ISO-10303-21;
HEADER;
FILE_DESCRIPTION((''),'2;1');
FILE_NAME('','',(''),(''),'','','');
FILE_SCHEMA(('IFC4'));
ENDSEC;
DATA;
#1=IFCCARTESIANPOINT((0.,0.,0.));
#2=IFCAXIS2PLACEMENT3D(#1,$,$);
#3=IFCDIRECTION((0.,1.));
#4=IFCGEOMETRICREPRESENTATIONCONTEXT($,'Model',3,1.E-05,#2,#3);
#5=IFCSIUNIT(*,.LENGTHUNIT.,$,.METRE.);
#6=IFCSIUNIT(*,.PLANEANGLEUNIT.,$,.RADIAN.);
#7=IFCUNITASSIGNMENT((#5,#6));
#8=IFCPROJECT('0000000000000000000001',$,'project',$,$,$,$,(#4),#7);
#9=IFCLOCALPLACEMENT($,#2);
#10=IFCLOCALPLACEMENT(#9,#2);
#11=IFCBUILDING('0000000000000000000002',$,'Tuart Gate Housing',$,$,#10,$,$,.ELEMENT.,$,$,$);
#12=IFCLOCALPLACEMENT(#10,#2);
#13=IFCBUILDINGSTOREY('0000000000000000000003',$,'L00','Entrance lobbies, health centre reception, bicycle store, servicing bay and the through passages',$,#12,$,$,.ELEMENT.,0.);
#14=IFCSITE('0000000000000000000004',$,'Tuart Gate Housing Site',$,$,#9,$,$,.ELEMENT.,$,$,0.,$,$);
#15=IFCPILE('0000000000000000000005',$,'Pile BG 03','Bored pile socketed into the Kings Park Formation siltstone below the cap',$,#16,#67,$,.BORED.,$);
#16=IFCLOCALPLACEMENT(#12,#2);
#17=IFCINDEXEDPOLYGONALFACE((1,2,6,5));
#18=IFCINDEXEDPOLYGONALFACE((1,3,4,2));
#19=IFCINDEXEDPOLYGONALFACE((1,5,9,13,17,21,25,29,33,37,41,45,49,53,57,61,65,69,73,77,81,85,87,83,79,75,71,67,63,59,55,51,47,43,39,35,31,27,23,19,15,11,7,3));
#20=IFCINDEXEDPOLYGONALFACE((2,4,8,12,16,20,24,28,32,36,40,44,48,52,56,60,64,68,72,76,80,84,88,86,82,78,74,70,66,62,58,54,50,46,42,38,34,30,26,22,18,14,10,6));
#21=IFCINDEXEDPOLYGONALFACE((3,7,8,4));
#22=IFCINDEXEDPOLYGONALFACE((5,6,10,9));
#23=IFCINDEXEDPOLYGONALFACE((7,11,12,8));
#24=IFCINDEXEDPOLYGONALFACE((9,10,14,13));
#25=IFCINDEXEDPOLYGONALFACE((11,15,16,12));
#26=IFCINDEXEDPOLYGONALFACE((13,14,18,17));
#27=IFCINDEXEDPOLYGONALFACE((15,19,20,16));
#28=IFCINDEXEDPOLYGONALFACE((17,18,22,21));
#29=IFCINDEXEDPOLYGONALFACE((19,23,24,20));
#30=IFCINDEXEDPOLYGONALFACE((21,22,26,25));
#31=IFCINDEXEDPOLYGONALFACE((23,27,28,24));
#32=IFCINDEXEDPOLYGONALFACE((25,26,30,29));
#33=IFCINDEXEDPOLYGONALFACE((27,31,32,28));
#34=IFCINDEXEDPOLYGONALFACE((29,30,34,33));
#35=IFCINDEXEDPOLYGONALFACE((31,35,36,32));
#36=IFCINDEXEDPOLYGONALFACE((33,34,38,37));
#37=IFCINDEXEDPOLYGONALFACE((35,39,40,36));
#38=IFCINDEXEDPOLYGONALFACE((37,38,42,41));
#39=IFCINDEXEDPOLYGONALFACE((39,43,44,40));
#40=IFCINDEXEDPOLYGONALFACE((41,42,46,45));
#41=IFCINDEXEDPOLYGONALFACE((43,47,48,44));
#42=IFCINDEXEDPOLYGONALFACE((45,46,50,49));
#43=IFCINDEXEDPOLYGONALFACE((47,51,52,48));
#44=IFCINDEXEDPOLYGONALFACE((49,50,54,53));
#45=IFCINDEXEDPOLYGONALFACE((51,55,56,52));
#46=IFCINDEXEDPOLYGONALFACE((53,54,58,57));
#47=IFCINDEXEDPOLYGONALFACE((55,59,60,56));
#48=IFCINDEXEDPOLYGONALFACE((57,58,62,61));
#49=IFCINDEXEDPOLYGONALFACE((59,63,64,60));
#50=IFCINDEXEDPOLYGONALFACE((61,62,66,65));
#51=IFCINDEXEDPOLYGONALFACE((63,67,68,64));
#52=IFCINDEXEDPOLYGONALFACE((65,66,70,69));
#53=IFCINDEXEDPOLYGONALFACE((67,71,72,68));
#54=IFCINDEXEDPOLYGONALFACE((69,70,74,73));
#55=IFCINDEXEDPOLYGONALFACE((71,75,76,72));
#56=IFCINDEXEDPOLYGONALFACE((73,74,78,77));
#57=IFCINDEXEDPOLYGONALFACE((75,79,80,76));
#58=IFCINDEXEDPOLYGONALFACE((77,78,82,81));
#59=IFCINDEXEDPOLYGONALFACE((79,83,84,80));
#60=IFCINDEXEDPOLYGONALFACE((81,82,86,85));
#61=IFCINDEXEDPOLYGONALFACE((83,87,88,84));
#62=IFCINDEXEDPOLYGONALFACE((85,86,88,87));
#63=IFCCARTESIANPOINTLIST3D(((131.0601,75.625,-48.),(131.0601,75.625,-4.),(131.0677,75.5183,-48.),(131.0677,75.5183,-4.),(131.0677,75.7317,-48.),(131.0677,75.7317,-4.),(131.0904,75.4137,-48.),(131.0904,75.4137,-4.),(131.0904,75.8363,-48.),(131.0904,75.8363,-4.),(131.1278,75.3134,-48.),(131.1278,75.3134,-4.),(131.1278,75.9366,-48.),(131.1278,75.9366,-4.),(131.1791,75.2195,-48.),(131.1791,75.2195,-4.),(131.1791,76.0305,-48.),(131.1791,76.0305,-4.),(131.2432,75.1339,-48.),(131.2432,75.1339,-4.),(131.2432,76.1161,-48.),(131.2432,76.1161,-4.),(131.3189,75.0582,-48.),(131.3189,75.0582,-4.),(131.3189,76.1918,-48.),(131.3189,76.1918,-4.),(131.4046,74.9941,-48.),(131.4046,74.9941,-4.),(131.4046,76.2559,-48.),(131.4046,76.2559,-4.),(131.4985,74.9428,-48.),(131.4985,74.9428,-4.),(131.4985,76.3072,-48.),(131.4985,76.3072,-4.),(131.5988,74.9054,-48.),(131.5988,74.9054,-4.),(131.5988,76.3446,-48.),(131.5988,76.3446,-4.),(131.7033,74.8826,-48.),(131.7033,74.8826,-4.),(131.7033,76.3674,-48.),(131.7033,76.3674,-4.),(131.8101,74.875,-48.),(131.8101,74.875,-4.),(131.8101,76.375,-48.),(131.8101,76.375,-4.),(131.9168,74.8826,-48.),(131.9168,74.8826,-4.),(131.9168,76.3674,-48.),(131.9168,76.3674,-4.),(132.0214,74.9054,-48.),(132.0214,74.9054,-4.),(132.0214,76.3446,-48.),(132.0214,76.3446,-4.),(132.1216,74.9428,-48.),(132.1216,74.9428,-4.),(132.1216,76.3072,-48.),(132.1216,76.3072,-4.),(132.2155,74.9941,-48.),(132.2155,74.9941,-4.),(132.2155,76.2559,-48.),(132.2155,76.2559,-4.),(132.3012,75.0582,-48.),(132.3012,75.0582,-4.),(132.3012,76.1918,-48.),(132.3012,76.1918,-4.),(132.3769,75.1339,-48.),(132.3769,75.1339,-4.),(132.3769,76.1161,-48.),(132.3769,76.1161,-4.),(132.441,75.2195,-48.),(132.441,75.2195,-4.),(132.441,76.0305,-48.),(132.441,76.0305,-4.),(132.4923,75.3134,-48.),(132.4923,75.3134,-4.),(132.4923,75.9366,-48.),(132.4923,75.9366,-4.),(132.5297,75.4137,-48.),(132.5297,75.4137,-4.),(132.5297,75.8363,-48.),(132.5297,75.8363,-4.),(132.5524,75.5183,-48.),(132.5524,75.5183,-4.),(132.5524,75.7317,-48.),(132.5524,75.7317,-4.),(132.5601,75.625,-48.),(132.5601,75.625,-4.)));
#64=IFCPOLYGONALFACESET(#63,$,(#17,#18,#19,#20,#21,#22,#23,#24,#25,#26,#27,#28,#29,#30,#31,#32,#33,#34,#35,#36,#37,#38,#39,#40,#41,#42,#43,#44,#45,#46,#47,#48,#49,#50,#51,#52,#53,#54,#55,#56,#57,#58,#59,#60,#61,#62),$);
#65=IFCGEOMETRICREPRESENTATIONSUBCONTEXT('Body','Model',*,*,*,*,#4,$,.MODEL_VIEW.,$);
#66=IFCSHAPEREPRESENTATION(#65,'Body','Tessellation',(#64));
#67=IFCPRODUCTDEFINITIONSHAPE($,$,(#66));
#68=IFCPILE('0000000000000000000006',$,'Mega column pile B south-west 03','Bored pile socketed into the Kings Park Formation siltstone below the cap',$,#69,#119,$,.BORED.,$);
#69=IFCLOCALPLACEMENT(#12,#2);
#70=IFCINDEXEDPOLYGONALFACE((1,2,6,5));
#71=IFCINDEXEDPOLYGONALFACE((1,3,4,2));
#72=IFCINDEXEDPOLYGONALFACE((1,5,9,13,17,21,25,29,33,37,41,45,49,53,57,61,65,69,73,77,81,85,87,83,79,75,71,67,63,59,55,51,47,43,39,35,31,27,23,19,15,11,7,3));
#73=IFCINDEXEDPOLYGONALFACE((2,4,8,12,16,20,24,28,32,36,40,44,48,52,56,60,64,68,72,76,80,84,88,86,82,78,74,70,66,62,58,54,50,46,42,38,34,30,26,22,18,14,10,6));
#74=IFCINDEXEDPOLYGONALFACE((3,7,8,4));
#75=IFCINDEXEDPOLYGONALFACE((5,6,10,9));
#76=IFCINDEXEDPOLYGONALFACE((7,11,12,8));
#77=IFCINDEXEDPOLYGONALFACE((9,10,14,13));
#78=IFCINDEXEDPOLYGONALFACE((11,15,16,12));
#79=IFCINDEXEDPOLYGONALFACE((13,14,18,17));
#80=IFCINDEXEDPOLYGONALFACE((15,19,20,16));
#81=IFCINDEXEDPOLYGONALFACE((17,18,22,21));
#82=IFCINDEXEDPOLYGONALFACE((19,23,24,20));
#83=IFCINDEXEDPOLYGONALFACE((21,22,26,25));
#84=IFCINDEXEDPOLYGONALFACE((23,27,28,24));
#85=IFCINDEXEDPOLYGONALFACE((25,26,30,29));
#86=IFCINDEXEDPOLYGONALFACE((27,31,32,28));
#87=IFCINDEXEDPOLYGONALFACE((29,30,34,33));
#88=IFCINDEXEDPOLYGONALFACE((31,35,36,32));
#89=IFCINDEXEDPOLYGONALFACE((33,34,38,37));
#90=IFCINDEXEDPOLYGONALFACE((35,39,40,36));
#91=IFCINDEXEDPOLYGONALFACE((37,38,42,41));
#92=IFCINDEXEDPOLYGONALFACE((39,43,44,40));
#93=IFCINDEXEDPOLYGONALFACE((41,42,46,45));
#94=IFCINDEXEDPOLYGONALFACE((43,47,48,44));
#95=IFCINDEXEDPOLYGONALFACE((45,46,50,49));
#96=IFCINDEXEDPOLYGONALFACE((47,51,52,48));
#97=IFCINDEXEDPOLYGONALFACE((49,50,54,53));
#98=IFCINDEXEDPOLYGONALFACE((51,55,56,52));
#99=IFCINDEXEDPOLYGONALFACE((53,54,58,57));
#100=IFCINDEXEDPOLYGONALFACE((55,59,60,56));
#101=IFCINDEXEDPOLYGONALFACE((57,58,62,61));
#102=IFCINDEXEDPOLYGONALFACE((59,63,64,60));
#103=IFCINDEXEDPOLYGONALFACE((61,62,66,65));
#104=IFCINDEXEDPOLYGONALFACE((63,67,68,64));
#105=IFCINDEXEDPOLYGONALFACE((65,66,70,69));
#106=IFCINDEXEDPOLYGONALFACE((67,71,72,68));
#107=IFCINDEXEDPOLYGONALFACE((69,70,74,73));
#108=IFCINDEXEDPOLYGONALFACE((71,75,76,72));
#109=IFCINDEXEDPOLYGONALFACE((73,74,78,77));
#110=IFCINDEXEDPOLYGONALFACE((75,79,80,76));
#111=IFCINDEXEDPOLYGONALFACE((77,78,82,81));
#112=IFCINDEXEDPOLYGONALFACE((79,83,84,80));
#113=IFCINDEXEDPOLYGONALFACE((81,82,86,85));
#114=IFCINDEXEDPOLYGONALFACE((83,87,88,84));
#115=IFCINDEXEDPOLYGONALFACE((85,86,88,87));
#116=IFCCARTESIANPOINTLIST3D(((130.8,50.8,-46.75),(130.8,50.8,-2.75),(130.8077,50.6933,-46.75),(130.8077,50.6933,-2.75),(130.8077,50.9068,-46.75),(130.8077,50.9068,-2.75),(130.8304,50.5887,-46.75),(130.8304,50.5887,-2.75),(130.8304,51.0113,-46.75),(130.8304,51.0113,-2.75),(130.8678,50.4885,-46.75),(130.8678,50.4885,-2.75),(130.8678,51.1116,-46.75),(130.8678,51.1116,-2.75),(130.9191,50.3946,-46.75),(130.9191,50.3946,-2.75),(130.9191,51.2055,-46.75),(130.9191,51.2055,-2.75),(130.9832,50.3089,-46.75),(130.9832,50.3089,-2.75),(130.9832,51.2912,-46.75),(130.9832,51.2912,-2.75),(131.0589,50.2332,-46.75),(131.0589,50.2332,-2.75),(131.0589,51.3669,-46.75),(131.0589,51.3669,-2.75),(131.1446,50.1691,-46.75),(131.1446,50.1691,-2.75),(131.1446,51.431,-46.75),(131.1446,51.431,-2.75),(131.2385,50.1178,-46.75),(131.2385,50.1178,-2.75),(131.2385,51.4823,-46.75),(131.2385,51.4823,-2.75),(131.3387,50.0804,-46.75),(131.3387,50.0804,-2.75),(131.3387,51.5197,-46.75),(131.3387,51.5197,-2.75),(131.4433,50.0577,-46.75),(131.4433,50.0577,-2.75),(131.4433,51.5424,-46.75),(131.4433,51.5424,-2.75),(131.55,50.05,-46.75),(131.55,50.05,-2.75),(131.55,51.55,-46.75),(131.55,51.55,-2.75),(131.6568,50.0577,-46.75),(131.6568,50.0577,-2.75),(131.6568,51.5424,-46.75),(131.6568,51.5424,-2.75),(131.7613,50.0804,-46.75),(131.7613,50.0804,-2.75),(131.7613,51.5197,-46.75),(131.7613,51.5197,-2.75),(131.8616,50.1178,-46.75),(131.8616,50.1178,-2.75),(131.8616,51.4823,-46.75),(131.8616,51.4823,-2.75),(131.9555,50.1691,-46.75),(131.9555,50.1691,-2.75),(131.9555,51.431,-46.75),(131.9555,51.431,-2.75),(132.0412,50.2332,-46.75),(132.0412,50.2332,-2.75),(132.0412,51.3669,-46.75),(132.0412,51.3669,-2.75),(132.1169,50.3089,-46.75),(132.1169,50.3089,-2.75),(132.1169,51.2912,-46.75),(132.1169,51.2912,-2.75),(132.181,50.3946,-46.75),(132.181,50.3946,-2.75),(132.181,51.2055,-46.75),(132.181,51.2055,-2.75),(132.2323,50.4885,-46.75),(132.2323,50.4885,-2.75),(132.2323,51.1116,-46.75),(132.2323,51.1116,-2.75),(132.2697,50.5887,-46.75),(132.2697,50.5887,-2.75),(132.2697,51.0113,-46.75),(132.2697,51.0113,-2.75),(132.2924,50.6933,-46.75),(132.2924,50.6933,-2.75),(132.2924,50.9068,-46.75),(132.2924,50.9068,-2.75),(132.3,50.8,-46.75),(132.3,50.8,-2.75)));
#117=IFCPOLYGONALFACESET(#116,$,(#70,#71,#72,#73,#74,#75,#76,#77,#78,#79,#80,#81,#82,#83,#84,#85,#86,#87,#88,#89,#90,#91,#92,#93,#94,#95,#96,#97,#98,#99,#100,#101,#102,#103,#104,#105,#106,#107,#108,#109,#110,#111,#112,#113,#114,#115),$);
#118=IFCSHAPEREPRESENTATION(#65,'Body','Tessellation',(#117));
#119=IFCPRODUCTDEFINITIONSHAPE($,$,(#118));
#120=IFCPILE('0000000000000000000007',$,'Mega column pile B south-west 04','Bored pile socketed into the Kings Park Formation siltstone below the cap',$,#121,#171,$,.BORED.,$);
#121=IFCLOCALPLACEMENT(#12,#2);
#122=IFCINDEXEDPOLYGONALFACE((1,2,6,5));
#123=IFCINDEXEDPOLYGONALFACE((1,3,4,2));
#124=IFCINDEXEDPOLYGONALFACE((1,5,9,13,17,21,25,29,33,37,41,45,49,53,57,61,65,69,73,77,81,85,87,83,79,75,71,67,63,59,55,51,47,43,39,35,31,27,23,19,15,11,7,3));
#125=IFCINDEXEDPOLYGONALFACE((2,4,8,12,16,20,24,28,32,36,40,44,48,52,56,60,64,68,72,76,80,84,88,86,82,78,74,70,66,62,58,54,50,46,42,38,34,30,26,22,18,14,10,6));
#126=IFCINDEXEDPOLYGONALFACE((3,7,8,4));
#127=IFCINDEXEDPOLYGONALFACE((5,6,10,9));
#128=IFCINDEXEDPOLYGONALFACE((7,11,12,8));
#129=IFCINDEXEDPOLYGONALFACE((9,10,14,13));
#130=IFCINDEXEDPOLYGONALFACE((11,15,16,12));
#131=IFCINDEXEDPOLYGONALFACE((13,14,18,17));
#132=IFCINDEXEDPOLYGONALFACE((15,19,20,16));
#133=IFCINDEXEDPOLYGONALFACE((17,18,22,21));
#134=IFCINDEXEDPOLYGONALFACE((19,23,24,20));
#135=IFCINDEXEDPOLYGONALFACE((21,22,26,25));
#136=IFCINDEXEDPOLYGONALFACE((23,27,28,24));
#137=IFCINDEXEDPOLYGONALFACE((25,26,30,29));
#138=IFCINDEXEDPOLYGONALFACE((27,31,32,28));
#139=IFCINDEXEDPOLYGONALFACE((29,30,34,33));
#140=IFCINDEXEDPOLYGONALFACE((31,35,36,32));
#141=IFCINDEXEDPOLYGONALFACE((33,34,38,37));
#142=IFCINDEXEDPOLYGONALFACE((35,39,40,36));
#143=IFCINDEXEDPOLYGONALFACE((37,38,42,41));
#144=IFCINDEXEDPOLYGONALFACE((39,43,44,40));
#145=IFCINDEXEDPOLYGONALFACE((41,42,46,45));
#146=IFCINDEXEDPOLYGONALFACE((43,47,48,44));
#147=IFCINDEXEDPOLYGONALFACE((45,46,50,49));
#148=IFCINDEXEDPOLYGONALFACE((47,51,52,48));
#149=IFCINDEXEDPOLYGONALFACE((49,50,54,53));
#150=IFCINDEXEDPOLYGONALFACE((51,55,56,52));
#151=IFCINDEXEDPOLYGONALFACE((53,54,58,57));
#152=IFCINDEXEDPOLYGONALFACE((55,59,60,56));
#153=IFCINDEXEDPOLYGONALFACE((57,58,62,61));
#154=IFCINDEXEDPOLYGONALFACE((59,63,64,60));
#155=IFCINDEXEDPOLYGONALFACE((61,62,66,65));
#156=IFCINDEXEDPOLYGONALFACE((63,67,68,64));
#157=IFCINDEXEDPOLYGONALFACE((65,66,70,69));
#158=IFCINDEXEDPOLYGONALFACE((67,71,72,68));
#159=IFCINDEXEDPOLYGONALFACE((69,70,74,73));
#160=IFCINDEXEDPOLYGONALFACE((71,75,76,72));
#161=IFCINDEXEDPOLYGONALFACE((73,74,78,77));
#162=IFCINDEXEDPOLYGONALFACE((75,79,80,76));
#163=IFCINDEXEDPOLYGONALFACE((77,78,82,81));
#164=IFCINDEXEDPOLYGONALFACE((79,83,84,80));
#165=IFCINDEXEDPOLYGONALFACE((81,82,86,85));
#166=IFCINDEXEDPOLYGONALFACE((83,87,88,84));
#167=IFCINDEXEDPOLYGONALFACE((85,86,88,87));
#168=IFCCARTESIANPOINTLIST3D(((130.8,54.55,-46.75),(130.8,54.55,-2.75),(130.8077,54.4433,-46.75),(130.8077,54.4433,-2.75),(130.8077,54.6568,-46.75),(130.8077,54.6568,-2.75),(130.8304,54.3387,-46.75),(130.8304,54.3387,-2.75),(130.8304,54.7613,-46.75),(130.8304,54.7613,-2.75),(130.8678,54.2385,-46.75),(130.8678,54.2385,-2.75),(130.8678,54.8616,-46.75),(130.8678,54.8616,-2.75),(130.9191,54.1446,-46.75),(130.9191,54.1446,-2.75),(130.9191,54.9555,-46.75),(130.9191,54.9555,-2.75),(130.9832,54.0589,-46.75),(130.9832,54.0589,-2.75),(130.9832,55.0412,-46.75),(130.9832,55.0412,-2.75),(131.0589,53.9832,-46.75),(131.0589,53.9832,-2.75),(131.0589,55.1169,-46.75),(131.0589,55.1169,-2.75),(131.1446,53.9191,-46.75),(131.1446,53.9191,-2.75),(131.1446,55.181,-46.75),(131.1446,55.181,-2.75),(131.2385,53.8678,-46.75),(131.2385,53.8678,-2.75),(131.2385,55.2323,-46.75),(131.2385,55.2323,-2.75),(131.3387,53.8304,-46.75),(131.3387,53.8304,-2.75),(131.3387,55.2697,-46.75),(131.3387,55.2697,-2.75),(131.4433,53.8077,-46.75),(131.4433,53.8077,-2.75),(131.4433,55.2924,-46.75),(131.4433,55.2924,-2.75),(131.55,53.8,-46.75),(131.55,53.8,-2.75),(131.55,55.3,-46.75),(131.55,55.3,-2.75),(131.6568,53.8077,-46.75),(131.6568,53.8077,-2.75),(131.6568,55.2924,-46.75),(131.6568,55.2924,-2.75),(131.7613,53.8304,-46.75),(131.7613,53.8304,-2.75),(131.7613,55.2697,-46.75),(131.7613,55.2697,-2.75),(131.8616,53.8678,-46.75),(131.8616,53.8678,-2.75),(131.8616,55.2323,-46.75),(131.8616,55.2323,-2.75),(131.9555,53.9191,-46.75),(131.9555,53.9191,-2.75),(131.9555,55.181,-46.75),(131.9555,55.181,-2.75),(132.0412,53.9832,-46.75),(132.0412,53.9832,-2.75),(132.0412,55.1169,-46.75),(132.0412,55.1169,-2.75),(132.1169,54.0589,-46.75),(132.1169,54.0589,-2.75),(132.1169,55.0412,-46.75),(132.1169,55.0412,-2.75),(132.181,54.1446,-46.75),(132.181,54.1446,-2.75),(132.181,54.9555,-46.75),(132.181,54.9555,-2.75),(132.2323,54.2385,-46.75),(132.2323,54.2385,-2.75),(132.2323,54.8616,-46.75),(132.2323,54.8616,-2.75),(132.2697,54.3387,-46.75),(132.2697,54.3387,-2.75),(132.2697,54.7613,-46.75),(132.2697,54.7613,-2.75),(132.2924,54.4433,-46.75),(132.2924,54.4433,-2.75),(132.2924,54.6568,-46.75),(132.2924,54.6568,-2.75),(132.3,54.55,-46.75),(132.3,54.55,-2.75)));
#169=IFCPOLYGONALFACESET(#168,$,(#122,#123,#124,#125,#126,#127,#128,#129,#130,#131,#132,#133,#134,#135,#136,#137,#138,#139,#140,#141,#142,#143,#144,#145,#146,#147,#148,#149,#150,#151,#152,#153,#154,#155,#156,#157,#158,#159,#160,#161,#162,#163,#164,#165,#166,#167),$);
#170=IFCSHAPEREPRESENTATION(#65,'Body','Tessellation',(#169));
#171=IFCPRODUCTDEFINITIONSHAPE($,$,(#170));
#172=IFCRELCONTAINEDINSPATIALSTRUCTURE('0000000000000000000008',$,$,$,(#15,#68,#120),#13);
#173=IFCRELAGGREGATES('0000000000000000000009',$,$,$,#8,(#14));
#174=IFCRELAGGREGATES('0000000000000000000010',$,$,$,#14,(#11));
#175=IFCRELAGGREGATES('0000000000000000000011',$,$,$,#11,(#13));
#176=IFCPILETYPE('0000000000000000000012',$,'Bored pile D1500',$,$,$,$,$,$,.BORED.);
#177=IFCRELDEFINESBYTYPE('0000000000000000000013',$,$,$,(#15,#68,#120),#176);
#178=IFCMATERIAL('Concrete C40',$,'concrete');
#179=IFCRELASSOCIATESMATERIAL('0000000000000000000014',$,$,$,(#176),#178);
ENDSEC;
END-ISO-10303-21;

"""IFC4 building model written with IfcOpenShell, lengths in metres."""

from ifc_helpers import new_model, si_unit, direction, frame, origin, origin_2d, place, context, subcontext, project, spatial, circle, extrude, material, material_profile, profile_set, type_object, element, save


model = new_model("IFC4")

# Units and contexts
model_context = context("Model", 3, precision=1e-05, world=origin(), true_north=direction((0.0, 1.0)))
body_context = subcontext(model_context, "Body", "Model", "MODEL_VIEW")
ifc_project = project(units=[si_unit("LENGTHUNIT", "METRE"), si_unit("PLANEANGLEUNIT", "RADIAN")], contexts=[model_context])

# Site, building, storey
site_placement = place(None, origin())
site = spatial("IfcSite", under=ifc_project, at=site_placement, Name="Tuart Gate Housing Site", CompositionType="ELEMENT", RefElevation=0.0)
building_placement = place(site_placement, origin())
building = spatial("IfcBuilding", under=site, at=building_placement, Name="Tuart Gate Housing", CompositionType="ELEMENT")
storey_placement = place(building_placement, origin())
storey = spatial("IfcBuildingStorey", under=building, at=storey_placement, Name="L00", Description="Entrance lobbies, health centre reception, bicycle store, servicing bay and the through passages", CompositionType="ELEMENT", Elevation=0.0)

# Piles
ifc_material_1 = material(Name="Concrete C40", Category="concrete")
ifc_material_profile_1 = material_profile(ifc_material_1, circle(Radius=0.75, at=origin_2d()), Name="Bored pile D1500")
ifc_profile_set_1 = profile_set([ifc_material_profile_1], Name="Concrete C40")
pile_type = type_object("IfcPileType", Name="Bored pile D1500", PredefinedType="BORED", material=ifc_profile_set_1)
for number, where, z_axis, x_axis, name in (
    (1, (131.8101, 75.625, -4.0), (0.0, 0.0, -1.0), (1.0, 0.0, 0.0), "Pile BG 03"),
    (2, (131.55, 50.8, -2.75), (0.0, 0.0, -1.0), (1.0, 0.0, 0.0), "Mega column pile B south-west 03"),
    (3, (131.55, 54.55, -2.75), (0.0, 0.0, -1.0), (1.0, 0.0, 0.0), "Mega column pile B south-west 04"),
):
    element("IfcPile", number, at=place(storey_placement, frame(where, z_axis=z_axis, x_axis=x_axis)), inside=storey, type_object=pile_type, Name=name, Description="Bored pile socketed into the Kings Park Formation siltstone below the cap", PredefinedType="BORED", context=body_context, shape_type="SweptSolid", body=[
        extrude(circle(Radius=0.75, at=origin_2d()), origin(), (0.0, 0.0, 1.0), 44.0),
    ])

save(model, "model.ifc")
